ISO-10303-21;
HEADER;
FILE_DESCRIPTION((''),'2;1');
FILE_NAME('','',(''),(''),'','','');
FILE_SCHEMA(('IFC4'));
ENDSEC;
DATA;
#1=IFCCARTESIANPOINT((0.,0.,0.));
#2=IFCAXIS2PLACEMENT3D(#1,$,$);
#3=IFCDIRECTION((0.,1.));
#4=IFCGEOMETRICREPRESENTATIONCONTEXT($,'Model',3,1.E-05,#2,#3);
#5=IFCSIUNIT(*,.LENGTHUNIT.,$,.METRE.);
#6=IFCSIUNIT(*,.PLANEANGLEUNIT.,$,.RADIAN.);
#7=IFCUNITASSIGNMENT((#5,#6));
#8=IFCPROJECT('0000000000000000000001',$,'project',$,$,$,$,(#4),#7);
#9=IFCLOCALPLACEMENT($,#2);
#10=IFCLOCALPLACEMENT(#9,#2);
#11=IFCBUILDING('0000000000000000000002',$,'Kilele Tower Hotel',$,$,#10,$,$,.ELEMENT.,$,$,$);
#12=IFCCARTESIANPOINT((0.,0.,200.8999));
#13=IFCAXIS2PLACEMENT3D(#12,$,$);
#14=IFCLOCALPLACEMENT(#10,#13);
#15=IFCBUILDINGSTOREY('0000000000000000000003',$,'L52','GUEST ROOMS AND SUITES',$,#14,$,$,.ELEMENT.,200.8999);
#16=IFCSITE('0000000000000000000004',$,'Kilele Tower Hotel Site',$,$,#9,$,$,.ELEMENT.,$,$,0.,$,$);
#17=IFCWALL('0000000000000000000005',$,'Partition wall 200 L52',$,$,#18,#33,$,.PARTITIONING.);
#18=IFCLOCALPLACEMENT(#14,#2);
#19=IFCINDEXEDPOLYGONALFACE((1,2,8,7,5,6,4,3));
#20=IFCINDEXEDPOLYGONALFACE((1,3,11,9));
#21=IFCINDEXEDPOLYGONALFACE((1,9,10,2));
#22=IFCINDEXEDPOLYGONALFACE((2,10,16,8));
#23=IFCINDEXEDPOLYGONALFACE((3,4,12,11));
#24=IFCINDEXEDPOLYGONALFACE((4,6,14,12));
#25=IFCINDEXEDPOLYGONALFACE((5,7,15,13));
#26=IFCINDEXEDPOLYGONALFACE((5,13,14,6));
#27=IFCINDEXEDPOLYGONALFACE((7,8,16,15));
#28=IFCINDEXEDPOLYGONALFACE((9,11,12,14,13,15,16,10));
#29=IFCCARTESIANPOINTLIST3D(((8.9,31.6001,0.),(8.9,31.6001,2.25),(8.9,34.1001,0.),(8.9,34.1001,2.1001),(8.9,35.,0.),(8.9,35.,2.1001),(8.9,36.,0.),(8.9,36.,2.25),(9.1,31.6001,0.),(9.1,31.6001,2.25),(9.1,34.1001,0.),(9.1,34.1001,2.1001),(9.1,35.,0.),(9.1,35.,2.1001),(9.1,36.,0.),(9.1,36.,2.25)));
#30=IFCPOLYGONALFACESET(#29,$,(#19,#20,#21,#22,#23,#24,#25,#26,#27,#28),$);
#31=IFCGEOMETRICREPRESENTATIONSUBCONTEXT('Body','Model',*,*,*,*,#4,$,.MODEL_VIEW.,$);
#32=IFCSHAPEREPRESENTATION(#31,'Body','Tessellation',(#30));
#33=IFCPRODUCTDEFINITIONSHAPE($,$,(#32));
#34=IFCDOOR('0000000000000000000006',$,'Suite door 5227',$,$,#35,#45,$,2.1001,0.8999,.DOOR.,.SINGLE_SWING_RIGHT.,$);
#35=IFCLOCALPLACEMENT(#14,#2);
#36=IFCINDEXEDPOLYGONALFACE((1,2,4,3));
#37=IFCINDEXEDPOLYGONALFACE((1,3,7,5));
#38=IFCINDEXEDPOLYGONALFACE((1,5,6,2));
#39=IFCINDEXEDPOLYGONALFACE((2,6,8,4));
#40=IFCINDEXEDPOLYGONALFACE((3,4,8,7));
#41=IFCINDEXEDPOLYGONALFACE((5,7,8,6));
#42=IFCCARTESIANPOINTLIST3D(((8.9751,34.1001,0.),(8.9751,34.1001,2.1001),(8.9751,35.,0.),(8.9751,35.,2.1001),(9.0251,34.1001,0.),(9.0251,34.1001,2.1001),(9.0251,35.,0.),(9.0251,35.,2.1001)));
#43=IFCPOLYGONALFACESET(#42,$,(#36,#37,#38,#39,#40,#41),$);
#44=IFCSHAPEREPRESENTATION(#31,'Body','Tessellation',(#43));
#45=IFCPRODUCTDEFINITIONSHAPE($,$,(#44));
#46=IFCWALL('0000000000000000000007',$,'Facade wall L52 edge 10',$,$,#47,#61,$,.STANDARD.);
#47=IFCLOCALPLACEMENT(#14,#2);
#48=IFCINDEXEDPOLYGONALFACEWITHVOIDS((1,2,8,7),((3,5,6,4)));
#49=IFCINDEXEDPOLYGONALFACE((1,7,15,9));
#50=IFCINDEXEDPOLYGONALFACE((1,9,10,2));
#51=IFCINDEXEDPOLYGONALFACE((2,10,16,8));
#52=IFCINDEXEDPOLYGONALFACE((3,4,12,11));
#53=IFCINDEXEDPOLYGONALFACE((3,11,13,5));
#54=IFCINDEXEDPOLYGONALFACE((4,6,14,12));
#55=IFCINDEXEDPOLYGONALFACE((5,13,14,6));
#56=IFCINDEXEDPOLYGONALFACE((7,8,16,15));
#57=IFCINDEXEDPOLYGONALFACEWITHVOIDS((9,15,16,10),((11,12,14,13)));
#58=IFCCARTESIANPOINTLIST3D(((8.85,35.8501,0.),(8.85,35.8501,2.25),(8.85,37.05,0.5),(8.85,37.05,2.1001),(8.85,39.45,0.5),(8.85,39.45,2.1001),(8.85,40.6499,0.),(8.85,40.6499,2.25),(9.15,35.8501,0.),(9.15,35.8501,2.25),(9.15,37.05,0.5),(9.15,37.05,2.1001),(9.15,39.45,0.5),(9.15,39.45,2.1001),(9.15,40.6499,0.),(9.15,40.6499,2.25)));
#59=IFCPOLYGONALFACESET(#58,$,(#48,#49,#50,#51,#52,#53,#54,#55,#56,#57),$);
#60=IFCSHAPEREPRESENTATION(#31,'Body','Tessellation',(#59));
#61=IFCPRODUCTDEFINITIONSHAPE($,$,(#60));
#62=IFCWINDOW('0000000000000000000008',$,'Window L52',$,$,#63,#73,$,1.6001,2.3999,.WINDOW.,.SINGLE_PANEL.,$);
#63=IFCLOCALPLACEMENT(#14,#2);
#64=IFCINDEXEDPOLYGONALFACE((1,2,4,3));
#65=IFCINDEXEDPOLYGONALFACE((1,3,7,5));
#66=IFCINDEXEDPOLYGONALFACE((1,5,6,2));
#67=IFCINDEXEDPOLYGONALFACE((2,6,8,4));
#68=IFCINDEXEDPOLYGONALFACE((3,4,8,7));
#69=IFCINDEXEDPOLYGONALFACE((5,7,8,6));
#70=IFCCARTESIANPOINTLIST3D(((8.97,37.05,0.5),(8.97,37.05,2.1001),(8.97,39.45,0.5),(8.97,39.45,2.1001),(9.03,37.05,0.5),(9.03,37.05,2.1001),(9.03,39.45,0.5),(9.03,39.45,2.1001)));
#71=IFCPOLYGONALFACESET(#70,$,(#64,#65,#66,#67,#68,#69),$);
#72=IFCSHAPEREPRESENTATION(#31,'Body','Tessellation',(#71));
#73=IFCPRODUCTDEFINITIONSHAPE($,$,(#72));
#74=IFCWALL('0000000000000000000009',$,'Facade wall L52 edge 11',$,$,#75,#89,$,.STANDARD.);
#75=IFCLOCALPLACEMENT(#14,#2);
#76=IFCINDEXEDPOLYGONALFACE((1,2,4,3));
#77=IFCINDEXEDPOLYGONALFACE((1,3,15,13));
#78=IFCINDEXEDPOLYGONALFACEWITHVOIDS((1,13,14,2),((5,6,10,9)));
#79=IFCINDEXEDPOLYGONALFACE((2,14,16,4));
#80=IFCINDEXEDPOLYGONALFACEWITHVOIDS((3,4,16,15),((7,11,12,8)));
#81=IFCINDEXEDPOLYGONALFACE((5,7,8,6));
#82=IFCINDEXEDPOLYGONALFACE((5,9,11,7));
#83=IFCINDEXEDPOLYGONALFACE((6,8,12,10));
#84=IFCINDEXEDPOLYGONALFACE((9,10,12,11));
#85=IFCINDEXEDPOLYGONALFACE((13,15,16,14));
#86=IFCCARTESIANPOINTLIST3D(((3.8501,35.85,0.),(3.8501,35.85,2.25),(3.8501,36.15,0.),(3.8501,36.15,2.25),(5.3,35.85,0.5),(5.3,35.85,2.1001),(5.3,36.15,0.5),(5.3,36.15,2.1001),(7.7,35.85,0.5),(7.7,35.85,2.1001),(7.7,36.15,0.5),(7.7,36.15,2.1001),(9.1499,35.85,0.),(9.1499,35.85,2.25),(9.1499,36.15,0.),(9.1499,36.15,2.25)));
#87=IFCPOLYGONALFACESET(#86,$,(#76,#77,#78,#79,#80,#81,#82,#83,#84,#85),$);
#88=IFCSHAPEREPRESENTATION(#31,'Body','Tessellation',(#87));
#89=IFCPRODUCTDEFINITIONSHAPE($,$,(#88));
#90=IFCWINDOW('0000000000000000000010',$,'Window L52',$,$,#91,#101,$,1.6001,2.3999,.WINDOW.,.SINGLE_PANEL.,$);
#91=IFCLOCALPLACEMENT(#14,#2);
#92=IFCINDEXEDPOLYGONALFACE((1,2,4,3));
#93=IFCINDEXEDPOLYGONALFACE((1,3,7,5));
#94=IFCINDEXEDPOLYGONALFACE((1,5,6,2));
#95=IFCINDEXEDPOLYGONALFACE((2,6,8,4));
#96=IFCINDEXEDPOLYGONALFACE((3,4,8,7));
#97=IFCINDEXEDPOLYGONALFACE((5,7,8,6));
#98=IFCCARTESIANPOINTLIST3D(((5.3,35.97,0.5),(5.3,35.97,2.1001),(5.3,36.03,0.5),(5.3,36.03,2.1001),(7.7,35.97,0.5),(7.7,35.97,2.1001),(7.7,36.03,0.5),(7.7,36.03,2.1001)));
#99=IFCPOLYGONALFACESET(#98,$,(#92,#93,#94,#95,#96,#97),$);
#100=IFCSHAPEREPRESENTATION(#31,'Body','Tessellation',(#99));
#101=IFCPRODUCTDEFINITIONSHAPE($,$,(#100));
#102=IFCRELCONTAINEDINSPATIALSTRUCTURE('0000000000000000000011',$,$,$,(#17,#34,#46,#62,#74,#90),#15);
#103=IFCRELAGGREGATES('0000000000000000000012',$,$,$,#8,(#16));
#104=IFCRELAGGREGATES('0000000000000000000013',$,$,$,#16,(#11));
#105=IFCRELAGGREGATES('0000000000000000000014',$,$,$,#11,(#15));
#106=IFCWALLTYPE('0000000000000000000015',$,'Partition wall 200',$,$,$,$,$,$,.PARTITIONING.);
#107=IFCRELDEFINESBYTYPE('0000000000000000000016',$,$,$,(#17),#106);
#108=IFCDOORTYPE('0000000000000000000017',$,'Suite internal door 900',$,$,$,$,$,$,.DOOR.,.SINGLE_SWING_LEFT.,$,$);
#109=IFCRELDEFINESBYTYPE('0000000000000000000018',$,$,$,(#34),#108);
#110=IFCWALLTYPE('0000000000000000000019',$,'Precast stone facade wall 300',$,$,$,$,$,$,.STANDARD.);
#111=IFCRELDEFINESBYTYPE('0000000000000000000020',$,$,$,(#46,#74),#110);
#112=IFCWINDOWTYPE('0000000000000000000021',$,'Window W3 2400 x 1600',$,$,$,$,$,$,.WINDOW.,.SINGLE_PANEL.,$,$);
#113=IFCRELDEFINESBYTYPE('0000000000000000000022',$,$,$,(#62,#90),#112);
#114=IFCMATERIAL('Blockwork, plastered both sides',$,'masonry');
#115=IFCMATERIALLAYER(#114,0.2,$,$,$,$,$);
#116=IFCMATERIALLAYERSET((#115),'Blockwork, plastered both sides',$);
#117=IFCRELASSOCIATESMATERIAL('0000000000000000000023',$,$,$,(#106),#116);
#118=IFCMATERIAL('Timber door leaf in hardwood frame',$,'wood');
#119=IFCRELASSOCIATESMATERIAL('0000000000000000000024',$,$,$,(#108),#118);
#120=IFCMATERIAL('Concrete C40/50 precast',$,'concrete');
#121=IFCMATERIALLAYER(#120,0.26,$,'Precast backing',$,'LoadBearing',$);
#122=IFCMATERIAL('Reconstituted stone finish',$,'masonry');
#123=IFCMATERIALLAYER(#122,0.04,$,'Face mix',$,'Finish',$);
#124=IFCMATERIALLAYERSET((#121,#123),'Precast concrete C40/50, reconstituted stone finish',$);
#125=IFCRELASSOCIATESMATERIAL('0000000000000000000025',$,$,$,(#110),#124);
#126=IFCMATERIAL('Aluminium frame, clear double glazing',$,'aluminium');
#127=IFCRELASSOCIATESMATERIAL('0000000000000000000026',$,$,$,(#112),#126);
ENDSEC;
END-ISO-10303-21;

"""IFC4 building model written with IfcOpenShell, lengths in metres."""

from ifc_helpers import new_model, si_unit, direction, frame, frame_2d, origin, place, context, subcontext, project, spatial, rectangle, extrude, material, layer, layer_set, type_object, element, fill, save


model = new_model("IFC4")

# Units and contexts
model_context = context("Model", 3, precision=1e-05, world=origin(), true_north=direction((0.0, 1.0)))
body_context = subcontext(model_context, "Body", "Model", "MODEL_VIEW")
ifc_project = project(units=[si_unit("LENGTHUNIT", "METRE"), si_unit("PLANEANGLEUNIT", "RADIAN")], contexts=[model_context])

# Site, building, storey
site_placement = place(None, origin())
site = spatial("IfcSite", under=ifc_project, at=site_placement, Name="Kilele Tower Hotel Site", CompositionType="ELEMENT", RefElevation=0.0)
building_placement = place(site_placement, origin())
building = spatial("IfcBuilding", under=site, at=building_placement, Name="Kilele Tower Hotel", CompositionType="ELEMENT")
storey_placement = place(building_placement, frame((0.0, 0.0, 200.8999)))
storey = spatial("IfcBuildingStorey", under=building, at=storey_placement, Name="L52", Description="GUEST ROOMS AND SUITES", CompositionType="ELEMENT", Elevation=200.8999)

# Wall, opening, door
ifc_material_1 = material(Name="Blockwork, plastered both sides", Category="masonry")
ifc_layer_1 = layer(ifc_material_1, 0.2)
ifc_layer_set_1 = layer_set([ifc_layer_1], Name="Blockwork, plastered both sides")
wall_type_1 = type_object("IfcWallType", Name="Partition wall 200", PredefinedType="PARTITIONING", material=ifc_layer_set_1)
wall_1_placement = place(storey_placement, frame((9.0, 31.6001, 0.0), z_axis=(0.0, 0.0, 1.0), x_axis=(0.0, 1.0, 0.0)))
wall_1 = element("IfcWall", 1, at=wall_1_placement, inside=storey, type_object=wall_type_1, Name="Partition wall 200 L52", PredefinedType="PARTITIONING", context=body_context, shape_type="SweptSolid", body=[
    extrude(rectangle(XDim=4.3999, YDim=0.2, at=frame_2d((2.2, 0.0))), origin(), (0.0, 0.0, 1.0), 2.25),
])
opening_1_placement = place(wall_1_placement, frame((2.5, 0.0, 0.0)))
opening_1 = element("IfcOpeningElement", 2, at=opening_1_placement, cuts=wall_1, PredefinedType="OPENING", context=body_context, shape_type="SweptSolid", body=[
    extrude(rectangle(XDim=0.8999, YDim=2.1001, at=frame_2d((0.45, 1.05))), frame((0.0, 0.1099, 0.0), z_axis=(0.0, -1.0, 0.0), x_axis=(1.0, 0.0, 0.0)), (0.0, 0.0, 1.0), 0.22),
])
ifc_material_2 = material(Name="Timber door leaf in hardwood frame", Category="wood")
door_type_1 = type_object("IfcDoorType", Name="Suite internal door 900", OperationType="SINGLE_SWING_LEFT", PredefinedType="DOOR", material=ifc_material_2)
door_1_placement = place(opening_1_placement, origin())
door_1 = element("IfcDoor", 3, at=door_1_placement, inside=storey, type_object=door_type_1, Name="Suite door 5227", OperationType="SINGLE_SWING_RIGHT", OverallHeight=2.1001, OverallWidth=0.8999, PredefinedType="DOOR", context=body_context, shape_type="SweptSolid", body=[
    extrude(rectangle(XDim=0.8999, YDim=2.1001, at=frame_2d((0.45, 1.05))), frame((0.0, 0.0249, 0.0), z_axis=(0.0, -1.0, 0.0), x_axis=(1.0, 0.0, 0.0)), (0.0, 0.0, 1.0), 0.05),
])
fill(opening_1, door_1)

# Walls, openings, windows
ifc_material_3 = material(Name="Concrete C40/50 precast", Category="concrete")
ifc_layer_2 = layer(ifc_material_3, 0.26, Name="Precast backing", Category="LoadBearing")
ifc_material_4 = material(Name="Reconstituted stone finish", Category="masonry")
ifc_layer_3 = layer(ifc_material_4, 0.04, Name="Face mix", Category="Finish")
ifc_layer_set_2 = layer_set([ifc_layer_2, ifc_layer_3], Name="Precast concrete C40/50, reconstituted stone finish")
wall_type_2 = type_object("IfcWallType", Name="Precast stone facade wall 300", PredefinedType="STANDARD", material=ifc_layer_set_2)
wall_2_placement = place(storey_placement, frame((9.0, 40.6499, 0.0), z_axis=(0.0, 0.0, 1.0), x_axis=(0.0, -1.0, 0.0)))
wall_2 = element("IfcWall", 4, at=wall_2_placement, inside=storey, type_object=wall_type_2, Name="Facade wall L52 edge 10", PredefinedType="STANDARD", context=body_context, shape_type="SweptSolid", body=[
    extrude(rectangle(XDim=4.7998, YDim=0.3, at=frame_2d((2.3999, 0.0))), origin(), (0.0, 0.0, 1.0), 2.25),
])
opening_2_placement = place(wall_2_placement, frame((1.2, 0.0, 0.5)))
opening_2 = element("IfcOpeningElement", 5, at=opening_2_placement, cuts=wall_2, PredefinedType="OPENING", context=body_context, shape_type="SweptSolid", body=[
    extrude(rectangle(XDim=2.3999, YDim=1.6001, at=frame_2d((1.2, 0.8))), frame((0.0, 0.1599, 0.0), z_axis=(0.0, -1.0, 0.0), x_axis=(1.0, 0.0, 0.0)), (0.0, 0.0, 1.0), 0.3201),
])
ifc_material_5 = material(Name="Aluminium frame, clear double glazing", Category="aluminium")
window_type_1 = type_object("IfcWindowType", Name="Window W3 2400 x 1600", PartitioningType="SINGLE_PANEL", PredefinedType="WINDOW", material=ifc_material_5)
window_1_placement = place(opening_2_placement, origin())
window_1 = element("IfcWindow", 6, at=window_1_placement, inside=storey, type_object=window_type_1, Name="Window L52", OverallHeight=1.6001, OverallWidth=2.3999, PartitioningType="SINGLE_PANEL", PredefinedType="WINDOW", context=body_context, shape_type="SweptSolid", body=[
    extrude(rectangle(XDim=2.3999, YDim=1.6001, at=frame_2d((1.2, 0.8))), frame((0.0, 0.03, 0.0), z_axis=(0.0, -1.0, 0.0), x_axis=(1.0, 0.0, 0.0)), (0.0, 0.0, 1.0), 0.0601),
])
fill(opening_2, window_1)
wall_3_placement = place(storey_placement, frame((9.1499, 36.0, 0.0), z_axis=(0.0, 0.0, 1.0), x_axis=(-1.0, 0.0, 0.0)))
wall_3 = element("IfcWall", 7, at=wall_3_placement, inside=storey, type_object=wall_type_2, Name="Facade wall L52 edge 11", PredefinedType="STANDARD", context=body_context, shape_type="SweptSolid", body=[
    extrude(rectangle(XDim=5.2998, YDim=0.3, at=frame_2d((2.6499, 0.0))), origin(), (0.0, 0.0, 1.0), 2.25),
])
opening_3_placement = place(wall_3_placement, frame((1.45, 0.0, 0.5)))
opening_3 = element("IfcOpeningElement", 8, at=opening_3_placement, cuts=wall_3, PredefinedType="OPENING", context=body_context, shape_type="SweptSolid", body=[
    extrude(rectangle(XDim=2.3999, YDim=1.6001, at=frame_2d((1.2, 0.8))), frame((0.0, 0.1599, 0.0), z_axis=(0.0, -1.0, 0.0), x_axis=(1.0, 0.0, 0.0)), (0.0, 0.0, 1.0), 0.3201),
])
window_2_placement = place(opening_3_placement, origin())
window_2 = element("IfcWindow", 9, at=window_2_placement, inside=storey, type_object=window_type_1, Name="Window L52", OverallHeight=1.6001, OverallWidth=2.3999, PartitioningType="SINGLE_PANEL", PredefinedType="WINDOW", context=body_context, shape_type="SweptSolid", body=[
    extrude(rectangle(XDim=2.3999, YDim=1.6001, at=frame_2d((1.2, 0.8))), frame((0.0, 0.03, 0.0), z_axis=(0.0, -1.0, 0.0), x_axis=(1.0, 0.0, 0.0)), (0.0, 0.0, 1.0), 0.0601),
])
fill(opening_3, window_2)

save(model, "model.ifc")
